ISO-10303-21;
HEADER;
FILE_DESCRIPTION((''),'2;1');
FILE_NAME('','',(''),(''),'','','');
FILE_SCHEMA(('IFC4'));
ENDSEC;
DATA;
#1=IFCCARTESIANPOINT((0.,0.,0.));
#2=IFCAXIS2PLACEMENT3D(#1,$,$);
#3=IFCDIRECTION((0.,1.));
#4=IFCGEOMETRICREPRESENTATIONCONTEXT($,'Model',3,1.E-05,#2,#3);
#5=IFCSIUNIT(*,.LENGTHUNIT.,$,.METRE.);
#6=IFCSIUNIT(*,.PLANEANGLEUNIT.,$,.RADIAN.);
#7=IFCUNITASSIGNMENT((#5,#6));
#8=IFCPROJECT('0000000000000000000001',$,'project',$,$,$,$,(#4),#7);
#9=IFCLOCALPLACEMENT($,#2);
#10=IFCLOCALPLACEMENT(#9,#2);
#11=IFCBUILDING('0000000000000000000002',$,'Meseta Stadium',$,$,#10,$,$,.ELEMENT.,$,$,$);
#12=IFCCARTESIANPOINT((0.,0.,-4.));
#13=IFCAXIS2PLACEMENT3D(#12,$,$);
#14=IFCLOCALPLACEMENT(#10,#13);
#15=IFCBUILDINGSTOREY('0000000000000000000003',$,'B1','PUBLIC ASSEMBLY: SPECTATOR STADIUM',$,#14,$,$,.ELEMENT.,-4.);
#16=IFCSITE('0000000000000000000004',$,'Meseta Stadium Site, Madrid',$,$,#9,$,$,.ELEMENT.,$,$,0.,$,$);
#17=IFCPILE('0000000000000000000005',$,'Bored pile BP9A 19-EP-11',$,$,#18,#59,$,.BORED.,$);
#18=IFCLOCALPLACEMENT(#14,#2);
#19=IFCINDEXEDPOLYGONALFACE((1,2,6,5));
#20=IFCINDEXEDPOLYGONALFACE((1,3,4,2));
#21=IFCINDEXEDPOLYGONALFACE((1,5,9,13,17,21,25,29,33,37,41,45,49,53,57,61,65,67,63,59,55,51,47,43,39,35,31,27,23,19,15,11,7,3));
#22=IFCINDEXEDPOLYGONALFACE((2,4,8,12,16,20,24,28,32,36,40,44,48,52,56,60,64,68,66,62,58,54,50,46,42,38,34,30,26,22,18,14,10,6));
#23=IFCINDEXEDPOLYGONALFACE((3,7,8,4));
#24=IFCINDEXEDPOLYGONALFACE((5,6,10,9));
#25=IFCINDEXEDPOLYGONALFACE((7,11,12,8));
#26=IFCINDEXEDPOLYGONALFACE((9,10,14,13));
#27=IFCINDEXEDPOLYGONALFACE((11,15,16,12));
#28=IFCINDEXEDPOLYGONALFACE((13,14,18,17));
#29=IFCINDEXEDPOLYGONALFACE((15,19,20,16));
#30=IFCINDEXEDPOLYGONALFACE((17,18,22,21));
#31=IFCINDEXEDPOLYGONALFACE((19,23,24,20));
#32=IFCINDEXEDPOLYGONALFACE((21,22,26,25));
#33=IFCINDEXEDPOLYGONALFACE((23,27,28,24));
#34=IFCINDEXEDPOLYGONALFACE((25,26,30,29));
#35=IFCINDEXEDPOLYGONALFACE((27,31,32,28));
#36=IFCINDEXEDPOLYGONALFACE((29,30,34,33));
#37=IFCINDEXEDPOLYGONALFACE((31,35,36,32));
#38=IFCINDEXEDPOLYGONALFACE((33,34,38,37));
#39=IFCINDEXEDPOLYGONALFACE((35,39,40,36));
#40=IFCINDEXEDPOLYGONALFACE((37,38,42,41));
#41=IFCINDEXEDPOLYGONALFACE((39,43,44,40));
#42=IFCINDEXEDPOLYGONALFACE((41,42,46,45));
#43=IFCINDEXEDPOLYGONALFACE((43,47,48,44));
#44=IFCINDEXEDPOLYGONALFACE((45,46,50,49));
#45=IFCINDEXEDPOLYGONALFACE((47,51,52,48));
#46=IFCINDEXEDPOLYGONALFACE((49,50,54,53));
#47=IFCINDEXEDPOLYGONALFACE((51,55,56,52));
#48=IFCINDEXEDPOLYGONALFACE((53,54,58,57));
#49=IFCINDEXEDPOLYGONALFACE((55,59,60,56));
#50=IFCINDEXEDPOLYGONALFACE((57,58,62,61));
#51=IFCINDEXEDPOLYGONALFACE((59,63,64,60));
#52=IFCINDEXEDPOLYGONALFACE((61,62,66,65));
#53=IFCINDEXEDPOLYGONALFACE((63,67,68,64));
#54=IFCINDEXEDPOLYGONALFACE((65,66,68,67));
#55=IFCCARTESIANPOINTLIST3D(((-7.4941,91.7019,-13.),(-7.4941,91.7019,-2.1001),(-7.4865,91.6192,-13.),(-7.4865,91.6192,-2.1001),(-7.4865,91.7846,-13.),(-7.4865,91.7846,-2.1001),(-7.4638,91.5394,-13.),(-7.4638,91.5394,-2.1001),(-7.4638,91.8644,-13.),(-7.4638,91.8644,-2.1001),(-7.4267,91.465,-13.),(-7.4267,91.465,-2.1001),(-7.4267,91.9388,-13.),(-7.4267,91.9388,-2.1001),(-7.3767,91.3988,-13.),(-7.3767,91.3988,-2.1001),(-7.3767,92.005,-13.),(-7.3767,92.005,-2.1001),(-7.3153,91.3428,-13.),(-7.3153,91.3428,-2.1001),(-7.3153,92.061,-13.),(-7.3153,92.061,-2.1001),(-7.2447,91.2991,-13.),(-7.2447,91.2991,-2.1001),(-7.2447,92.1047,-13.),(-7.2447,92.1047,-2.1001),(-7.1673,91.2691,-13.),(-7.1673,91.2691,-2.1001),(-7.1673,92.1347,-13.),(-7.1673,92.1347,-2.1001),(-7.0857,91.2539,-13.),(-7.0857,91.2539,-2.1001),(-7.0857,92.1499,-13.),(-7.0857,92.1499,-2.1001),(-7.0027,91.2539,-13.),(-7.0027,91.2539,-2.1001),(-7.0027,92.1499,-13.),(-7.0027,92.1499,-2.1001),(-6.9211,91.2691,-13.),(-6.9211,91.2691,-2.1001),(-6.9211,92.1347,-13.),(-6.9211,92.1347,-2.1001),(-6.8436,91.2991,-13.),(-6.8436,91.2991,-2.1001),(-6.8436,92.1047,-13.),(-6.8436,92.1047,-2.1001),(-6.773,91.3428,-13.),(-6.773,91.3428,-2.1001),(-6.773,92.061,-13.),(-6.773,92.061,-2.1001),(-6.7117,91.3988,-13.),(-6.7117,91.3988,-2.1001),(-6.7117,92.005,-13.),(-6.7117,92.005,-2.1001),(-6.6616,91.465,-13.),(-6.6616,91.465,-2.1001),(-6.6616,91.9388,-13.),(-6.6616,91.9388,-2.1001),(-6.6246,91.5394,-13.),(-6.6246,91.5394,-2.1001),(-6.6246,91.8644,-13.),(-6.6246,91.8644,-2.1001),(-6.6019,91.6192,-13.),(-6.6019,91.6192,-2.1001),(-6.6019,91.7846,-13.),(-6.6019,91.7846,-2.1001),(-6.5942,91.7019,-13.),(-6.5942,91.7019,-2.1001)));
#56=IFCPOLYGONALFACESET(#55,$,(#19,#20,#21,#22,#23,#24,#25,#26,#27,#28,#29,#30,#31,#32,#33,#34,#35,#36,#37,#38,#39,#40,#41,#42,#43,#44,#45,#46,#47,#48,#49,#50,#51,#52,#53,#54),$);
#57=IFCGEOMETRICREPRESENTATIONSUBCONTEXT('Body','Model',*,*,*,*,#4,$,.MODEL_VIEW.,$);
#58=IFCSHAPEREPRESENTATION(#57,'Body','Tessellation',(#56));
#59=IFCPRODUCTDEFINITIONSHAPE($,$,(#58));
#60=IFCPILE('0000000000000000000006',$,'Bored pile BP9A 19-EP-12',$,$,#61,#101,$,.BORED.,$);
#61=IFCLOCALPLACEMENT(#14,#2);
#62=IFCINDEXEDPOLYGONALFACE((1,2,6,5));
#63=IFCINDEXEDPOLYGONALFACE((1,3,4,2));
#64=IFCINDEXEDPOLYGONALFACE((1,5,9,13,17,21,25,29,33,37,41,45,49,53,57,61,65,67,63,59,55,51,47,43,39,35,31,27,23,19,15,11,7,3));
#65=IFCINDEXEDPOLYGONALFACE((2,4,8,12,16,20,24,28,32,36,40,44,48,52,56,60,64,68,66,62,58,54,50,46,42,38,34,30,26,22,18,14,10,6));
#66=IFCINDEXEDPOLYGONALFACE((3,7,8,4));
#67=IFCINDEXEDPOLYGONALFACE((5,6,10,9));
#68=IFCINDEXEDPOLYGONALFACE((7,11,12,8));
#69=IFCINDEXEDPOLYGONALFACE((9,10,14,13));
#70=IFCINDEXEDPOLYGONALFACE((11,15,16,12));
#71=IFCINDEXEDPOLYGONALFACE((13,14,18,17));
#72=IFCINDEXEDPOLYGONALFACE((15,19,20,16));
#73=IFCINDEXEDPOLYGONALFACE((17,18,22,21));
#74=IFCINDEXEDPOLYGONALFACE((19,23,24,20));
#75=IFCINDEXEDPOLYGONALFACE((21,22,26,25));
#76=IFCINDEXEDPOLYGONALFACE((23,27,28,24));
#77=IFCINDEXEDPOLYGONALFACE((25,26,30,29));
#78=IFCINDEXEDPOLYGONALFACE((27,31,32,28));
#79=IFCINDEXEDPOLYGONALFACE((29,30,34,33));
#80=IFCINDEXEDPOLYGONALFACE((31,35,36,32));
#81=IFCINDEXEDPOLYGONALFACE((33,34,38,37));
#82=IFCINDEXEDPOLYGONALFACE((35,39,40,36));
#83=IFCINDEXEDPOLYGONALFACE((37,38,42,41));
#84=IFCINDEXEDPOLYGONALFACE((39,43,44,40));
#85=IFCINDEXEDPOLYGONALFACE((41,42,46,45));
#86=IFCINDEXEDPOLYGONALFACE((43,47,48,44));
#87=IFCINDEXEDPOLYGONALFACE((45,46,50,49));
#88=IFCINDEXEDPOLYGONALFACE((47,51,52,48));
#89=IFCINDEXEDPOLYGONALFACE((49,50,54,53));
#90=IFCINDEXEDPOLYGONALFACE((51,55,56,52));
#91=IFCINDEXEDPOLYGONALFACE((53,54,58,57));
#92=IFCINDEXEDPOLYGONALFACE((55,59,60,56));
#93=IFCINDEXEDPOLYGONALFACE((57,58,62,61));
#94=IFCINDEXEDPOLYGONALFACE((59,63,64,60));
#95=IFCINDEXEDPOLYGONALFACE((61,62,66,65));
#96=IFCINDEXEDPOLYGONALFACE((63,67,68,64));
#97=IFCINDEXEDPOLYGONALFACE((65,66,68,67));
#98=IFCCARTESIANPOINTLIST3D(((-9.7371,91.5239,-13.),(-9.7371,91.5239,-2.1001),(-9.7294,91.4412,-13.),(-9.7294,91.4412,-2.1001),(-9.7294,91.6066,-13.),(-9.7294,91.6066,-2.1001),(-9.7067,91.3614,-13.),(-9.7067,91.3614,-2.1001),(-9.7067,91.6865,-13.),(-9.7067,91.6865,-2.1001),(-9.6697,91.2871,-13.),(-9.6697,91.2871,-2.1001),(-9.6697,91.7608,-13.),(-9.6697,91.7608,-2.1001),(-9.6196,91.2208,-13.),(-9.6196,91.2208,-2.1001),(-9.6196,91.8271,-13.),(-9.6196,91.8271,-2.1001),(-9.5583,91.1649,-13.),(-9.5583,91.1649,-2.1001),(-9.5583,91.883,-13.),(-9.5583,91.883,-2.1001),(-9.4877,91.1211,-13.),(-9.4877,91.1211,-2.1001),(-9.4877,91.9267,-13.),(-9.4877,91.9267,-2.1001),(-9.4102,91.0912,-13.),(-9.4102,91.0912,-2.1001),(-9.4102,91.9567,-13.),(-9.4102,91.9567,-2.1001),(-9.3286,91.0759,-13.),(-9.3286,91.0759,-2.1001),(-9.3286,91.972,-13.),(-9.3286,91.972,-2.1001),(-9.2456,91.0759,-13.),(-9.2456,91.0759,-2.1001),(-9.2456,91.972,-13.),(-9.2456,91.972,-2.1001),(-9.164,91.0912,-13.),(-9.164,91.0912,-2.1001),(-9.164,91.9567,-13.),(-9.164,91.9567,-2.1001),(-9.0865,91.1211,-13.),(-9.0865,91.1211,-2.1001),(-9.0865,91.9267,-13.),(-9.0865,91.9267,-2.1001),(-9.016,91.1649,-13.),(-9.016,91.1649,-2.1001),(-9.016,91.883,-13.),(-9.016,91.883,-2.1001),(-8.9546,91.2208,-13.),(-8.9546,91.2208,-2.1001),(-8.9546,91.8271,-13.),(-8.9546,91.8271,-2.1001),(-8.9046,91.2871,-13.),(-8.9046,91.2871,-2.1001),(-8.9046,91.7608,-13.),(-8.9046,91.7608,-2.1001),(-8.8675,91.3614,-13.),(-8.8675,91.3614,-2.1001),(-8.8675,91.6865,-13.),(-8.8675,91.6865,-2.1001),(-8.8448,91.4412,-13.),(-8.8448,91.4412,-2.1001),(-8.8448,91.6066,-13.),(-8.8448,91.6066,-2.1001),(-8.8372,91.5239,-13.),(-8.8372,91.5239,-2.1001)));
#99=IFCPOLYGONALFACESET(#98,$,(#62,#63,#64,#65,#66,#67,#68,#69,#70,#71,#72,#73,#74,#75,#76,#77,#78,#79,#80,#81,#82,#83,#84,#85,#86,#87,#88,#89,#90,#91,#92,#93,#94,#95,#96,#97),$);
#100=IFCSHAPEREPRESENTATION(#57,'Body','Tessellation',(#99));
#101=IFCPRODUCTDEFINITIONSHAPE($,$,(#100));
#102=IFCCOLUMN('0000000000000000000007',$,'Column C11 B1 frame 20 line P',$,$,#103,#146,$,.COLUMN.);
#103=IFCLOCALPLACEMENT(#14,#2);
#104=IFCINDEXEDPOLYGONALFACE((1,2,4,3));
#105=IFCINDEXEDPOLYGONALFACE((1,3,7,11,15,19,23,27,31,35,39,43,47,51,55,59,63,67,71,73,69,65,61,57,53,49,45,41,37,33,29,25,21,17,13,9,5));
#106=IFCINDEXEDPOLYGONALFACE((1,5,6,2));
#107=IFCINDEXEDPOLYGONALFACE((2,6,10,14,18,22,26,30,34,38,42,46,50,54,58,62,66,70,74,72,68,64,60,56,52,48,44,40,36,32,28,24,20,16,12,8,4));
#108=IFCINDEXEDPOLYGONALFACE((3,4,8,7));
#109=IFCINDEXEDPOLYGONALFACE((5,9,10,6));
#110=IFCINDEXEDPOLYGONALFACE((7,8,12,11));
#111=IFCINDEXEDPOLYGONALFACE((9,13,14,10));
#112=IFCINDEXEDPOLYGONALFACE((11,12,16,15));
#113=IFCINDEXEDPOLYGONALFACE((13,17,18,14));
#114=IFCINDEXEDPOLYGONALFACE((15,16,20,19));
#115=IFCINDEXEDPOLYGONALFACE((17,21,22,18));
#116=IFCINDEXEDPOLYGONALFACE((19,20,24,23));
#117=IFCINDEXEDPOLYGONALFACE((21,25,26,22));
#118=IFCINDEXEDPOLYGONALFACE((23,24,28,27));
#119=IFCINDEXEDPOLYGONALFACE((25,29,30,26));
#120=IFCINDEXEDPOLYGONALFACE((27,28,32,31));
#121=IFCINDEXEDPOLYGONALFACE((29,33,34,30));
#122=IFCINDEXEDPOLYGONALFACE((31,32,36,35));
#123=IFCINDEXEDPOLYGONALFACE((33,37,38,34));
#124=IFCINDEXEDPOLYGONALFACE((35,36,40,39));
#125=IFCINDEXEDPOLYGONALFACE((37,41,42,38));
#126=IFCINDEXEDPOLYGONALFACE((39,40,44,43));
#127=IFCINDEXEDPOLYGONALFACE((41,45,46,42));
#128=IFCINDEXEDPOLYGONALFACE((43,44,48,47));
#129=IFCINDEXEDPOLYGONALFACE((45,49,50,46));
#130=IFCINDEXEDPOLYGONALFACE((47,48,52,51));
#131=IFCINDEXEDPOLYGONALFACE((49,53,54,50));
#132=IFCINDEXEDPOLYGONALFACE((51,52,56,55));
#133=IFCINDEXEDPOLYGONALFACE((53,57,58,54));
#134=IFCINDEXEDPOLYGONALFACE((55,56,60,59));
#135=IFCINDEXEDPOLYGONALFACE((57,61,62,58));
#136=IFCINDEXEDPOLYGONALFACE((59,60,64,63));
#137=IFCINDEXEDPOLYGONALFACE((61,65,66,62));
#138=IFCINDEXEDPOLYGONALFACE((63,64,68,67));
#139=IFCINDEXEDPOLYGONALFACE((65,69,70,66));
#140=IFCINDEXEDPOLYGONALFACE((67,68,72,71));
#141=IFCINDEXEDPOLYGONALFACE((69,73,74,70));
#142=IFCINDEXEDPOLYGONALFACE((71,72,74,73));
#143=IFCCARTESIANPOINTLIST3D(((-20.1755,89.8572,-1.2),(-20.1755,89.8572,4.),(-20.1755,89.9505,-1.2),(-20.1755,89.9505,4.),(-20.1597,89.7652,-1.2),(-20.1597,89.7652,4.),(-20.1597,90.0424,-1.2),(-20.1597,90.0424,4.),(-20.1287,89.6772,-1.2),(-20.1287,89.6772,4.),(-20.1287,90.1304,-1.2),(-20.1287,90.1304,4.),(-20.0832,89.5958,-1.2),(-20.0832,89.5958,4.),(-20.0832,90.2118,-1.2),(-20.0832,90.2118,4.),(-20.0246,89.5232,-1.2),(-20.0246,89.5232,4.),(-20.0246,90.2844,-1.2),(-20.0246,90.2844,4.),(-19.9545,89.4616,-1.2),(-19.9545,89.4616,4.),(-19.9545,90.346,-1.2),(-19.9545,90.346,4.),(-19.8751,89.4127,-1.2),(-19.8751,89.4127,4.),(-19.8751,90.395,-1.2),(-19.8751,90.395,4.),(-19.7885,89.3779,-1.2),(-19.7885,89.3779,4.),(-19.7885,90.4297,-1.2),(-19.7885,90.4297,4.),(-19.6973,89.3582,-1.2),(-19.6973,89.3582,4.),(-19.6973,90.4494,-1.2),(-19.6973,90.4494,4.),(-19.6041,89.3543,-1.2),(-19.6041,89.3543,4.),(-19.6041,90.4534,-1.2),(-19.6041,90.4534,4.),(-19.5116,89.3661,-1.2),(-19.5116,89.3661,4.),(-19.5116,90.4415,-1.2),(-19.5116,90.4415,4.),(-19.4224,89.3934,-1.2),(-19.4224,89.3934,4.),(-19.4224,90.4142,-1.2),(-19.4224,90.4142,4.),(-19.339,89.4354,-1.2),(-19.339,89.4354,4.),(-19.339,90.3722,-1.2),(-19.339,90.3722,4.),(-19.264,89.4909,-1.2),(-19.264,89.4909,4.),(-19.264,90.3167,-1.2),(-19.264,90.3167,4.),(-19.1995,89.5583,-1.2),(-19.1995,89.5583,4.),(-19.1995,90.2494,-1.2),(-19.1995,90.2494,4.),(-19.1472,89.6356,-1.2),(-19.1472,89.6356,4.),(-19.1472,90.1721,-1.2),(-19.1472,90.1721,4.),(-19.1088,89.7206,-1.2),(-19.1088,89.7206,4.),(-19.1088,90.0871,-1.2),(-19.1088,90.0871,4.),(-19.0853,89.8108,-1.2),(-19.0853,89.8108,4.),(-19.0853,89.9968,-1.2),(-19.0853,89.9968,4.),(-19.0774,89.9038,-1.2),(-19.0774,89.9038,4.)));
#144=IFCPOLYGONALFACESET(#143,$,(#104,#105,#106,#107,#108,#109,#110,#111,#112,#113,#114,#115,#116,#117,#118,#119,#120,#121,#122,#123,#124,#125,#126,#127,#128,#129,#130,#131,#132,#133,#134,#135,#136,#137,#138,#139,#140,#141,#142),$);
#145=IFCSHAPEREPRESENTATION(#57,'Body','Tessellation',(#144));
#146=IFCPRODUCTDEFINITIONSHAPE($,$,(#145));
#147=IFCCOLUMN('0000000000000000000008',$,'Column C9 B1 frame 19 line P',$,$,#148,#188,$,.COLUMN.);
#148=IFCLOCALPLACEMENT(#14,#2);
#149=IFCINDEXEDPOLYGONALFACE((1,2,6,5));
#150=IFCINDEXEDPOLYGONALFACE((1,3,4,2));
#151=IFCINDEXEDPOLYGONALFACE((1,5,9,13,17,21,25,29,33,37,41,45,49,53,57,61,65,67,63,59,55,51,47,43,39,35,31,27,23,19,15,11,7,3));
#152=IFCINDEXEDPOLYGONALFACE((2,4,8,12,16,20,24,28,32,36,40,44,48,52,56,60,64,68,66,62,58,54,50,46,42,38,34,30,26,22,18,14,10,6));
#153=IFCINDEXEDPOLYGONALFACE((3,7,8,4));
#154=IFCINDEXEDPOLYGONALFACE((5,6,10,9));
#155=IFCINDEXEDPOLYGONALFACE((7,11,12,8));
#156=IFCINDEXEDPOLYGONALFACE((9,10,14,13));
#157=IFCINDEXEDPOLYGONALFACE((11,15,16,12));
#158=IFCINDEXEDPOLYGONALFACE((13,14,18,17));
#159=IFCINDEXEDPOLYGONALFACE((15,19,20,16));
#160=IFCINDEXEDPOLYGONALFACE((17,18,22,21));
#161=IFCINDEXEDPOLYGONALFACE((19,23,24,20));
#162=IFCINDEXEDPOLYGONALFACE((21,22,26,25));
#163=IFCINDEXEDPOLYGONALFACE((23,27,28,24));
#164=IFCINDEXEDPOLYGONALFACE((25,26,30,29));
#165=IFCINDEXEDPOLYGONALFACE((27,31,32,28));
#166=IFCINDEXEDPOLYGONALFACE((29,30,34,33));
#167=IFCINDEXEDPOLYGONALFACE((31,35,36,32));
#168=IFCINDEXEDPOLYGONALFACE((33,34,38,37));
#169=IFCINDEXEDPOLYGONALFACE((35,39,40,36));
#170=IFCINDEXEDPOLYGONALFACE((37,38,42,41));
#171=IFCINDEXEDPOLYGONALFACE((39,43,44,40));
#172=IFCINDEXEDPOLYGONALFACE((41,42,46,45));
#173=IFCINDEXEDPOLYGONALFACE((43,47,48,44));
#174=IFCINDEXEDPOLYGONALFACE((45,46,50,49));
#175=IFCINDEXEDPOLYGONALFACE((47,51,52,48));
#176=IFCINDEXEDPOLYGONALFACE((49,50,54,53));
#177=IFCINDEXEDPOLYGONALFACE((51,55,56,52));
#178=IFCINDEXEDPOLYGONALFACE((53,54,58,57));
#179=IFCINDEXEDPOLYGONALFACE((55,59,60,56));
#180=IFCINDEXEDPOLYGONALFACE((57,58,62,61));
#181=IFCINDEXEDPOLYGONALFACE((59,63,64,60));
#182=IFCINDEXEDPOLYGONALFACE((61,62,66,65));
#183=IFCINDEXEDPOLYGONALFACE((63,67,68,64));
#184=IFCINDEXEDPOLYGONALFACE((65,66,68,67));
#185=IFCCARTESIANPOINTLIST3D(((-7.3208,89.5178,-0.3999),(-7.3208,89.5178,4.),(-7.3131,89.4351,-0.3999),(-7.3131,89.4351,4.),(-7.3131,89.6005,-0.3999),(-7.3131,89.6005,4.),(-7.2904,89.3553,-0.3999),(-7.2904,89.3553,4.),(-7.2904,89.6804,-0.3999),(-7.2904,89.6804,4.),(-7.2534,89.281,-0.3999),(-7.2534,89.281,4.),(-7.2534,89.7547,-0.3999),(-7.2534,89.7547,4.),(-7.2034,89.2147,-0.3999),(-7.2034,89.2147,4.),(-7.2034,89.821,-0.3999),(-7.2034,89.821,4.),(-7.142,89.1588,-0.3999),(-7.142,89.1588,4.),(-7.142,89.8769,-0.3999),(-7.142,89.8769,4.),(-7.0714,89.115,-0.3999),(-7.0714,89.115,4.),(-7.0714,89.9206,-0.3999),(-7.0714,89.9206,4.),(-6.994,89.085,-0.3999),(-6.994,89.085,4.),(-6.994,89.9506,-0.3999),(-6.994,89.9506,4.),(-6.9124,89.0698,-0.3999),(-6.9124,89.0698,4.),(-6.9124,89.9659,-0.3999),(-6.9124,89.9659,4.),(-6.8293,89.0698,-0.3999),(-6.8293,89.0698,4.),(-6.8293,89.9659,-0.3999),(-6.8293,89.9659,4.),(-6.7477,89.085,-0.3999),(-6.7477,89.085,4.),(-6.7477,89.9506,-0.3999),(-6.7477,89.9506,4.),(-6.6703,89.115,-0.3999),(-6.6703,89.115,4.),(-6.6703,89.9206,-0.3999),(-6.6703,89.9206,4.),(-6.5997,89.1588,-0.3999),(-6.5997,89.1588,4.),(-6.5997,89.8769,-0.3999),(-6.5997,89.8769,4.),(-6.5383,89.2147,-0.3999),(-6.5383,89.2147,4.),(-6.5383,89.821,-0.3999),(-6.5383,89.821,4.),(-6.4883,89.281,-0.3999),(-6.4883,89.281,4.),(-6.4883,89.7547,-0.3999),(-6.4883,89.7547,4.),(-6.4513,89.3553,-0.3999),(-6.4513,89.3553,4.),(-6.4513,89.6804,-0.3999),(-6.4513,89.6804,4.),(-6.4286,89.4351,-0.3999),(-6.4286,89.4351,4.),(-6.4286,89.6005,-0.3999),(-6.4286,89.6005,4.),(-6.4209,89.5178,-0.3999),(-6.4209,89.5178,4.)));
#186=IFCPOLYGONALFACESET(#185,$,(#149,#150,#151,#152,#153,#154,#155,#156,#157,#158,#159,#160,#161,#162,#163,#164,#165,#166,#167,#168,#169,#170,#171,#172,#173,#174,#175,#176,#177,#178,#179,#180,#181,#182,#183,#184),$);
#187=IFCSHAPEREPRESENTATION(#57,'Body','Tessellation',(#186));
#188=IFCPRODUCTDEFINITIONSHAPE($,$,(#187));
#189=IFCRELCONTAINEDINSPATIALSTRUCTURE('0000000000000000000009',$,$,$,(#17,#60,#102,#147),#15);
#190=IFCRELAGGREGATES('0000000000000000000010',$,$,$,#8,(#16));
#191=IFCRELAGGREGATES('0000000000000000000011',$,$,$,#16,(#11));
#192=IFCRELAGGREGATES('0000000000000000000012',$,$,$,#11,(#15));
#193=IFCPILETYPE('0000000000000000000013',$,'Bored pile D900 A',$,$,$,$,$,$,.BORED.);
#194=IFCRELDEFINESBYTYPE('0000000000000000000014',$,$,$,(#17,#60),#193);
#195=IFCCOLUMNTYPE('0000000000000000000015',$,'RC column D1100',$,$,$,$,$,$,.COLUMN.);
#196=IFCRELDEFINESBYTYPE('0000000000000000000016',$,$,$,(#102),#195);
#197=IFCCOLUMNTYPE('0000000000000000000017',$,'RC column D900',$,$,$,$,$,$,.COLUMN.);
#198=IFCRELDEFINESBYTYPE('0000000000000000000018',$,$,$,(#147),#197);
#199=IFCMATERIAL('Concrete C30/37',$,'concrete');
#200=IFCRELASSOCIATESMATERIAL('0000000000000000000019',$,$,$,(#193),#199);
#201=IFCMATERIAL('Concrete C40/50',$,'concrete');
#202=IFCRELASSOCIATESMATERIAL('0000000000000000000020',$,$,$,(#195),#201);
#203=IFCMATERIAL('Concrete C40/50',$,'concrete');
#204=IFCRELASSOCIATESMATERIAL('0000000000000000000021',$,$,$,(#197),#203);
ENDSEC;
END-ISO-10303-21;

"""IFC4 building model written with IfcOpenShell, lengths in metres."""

from ifc_helpers import new_model, si_unit, direction, frame, origin, origin_2d, place, context, subcontext, project, spatial, circle, extrude, material, material_profile, profile_set, type_object, element, save


model = new_model("IFC4")

# Units and contexts
model_context = context("Model", 3, precision=1e-05, world=origin(), true_north=direction((0.0, 1.0)))
body_context = subcontext(model_context, "Body", "Model", "MODEL_VIEW")
ifc_project = project(units=[si_unit("LENGTHUNIT", "METRE"), si_unit("PLANEANGLEUNIT", "RADIAN")], contexts=[model_context])

# Site, building, storey
site_placement = place(None, origin())
site = spatial("IfcSite", under=ifc_project, at=site_placement, Name="Meseta Stadium Site, Madrid", CompositionType="ELEMENT", RefElevation=0.0)
building_placement = place(site_placement, origin())
building = spatial("IfcBuilding", under=site, at=building_placement, Name="Meseta Stadium", CompositionType="ELEMENT")
storey_placement = place(building_placement, frame((0.0, 0.0, -4.0)))
storey = spatial("IfcBuildingStorey", under=building, at=storey_placement, Name="B1", Description="PUBLIC ASSEMBLY: SPECTATOR STADIUM", CompositionType="ELEMENT", Elevation=-4.0)

# Piles
ifc_material_1 = material(Name="Concrete C30/37", Category="concrete")
ifc_material_profile_1 = material_profile(ifc_material_1, circle(Radius=0.45, at=origin_2d()), Name="D900")
ifc_profile_set_1 = profile_set([ifc_material_profile_1], Name="Concrete C30/37")
pile_type = type_object("IfcPileType", Name="Bored pile D900 A", PredefinedType="BORED", material=ifc_profile_set_1)
for number, where, z_axis, x_axis, name in (
    (1, (-7.0442, 91.7019, -2.1001), (0.0, 0.0, -1.0), (1.0, 0.0, 0.0), "Bored pile BP9A 19-EP-11"),
    (2, (-9.2871, 91.5239, -2.1001), (0.0, 0.0, -1.0), (1.0, 0.0, 0.0), "Bored pile BP9A 19-EP-12"),
):
    element("IfcPile", number, at=place(storey_placement, frame(where, z_axis=z_axis, x_axis=x_axis)), inside=storey, type_object=pile_type, Name=name, PredefinedType="BORED", context=body_context, shape_type="SweptSolid", body=[
        extrude(circle(Radius=0.45, at=origin_2d()), origin(), (0.0, 0.0, 1.0), 10.8999),
    ])

# Columns
ifc_material_2 = material(Name="Concrete C40/50", Category="concrete")
ifc_material_profile_2 = material_profile(ifc_material_2, circle(Radius=0.55, at=origin_2d()), Name="RC D1100")
ifc_profile_set_2 = profile_set([ifc_material_profile_2], Name="Concrete C40/50")
column_type_1 = type_object("IfcColumnType", Name="RC column D1100", PredefinedType="COLUMN", material=ifc_profile_set_2)
column_1_placement = place(storey_placement, frame((-19.6274, 89.9038, -1.2), z_axis=(0.0, 0.0, 1.0), x_axis=(1.0, 0.0, 0.0)))
element("IfcColumn", 3, at=column_1_placement, inside=storey, type_object=column_type_1, Name="Column C11 B1 frame 20 line P", PredefinedType="COLUMN", context=body_context, shape_type="SweptSolid", body=[
    extrude(circle(Radius=0.55, at=origin_2d()), origin(), (0.0, 0.0, 1.0), 5.2),
])
ifc_material_3 = material(Name="Concrete C40/50", Category="concrete")
ifc_material_profile_3 = material_profile(ifc_material_3, circle(Radius=0.45, at=origin_2d()), Name="RC D900")
ifc_profile_set_3 = profile_set([ifc_material_profile_3], Name="Concrete C40/50")
column_type_2 = type_object("IfcColumnType", Name="RC column D900", PredefinedType="COLUMN", material=ifc_profile_set_3)
column_2_placement = place(storey_placement, frame((-6.8708, 89.5178, -0.3999), z_axis=(0.0, 0.0, 1.0), x_axis=(1.0, 0.0, 0.0)))
element("IfcColumn", 4, at=column_2_placement, inside=storey, type_object=column_type_2, Name="Column C9 B1 frame 19 line P", PredefinedType="COLUMN", context=body_context, shape_type="SweptSolid", body=[
    extrude(circle(Radius=0.45, at=origin_2d()), origin(), (0.0, 0.0, 1.0), 4.3999),
])

save(model, "model.ifc")
